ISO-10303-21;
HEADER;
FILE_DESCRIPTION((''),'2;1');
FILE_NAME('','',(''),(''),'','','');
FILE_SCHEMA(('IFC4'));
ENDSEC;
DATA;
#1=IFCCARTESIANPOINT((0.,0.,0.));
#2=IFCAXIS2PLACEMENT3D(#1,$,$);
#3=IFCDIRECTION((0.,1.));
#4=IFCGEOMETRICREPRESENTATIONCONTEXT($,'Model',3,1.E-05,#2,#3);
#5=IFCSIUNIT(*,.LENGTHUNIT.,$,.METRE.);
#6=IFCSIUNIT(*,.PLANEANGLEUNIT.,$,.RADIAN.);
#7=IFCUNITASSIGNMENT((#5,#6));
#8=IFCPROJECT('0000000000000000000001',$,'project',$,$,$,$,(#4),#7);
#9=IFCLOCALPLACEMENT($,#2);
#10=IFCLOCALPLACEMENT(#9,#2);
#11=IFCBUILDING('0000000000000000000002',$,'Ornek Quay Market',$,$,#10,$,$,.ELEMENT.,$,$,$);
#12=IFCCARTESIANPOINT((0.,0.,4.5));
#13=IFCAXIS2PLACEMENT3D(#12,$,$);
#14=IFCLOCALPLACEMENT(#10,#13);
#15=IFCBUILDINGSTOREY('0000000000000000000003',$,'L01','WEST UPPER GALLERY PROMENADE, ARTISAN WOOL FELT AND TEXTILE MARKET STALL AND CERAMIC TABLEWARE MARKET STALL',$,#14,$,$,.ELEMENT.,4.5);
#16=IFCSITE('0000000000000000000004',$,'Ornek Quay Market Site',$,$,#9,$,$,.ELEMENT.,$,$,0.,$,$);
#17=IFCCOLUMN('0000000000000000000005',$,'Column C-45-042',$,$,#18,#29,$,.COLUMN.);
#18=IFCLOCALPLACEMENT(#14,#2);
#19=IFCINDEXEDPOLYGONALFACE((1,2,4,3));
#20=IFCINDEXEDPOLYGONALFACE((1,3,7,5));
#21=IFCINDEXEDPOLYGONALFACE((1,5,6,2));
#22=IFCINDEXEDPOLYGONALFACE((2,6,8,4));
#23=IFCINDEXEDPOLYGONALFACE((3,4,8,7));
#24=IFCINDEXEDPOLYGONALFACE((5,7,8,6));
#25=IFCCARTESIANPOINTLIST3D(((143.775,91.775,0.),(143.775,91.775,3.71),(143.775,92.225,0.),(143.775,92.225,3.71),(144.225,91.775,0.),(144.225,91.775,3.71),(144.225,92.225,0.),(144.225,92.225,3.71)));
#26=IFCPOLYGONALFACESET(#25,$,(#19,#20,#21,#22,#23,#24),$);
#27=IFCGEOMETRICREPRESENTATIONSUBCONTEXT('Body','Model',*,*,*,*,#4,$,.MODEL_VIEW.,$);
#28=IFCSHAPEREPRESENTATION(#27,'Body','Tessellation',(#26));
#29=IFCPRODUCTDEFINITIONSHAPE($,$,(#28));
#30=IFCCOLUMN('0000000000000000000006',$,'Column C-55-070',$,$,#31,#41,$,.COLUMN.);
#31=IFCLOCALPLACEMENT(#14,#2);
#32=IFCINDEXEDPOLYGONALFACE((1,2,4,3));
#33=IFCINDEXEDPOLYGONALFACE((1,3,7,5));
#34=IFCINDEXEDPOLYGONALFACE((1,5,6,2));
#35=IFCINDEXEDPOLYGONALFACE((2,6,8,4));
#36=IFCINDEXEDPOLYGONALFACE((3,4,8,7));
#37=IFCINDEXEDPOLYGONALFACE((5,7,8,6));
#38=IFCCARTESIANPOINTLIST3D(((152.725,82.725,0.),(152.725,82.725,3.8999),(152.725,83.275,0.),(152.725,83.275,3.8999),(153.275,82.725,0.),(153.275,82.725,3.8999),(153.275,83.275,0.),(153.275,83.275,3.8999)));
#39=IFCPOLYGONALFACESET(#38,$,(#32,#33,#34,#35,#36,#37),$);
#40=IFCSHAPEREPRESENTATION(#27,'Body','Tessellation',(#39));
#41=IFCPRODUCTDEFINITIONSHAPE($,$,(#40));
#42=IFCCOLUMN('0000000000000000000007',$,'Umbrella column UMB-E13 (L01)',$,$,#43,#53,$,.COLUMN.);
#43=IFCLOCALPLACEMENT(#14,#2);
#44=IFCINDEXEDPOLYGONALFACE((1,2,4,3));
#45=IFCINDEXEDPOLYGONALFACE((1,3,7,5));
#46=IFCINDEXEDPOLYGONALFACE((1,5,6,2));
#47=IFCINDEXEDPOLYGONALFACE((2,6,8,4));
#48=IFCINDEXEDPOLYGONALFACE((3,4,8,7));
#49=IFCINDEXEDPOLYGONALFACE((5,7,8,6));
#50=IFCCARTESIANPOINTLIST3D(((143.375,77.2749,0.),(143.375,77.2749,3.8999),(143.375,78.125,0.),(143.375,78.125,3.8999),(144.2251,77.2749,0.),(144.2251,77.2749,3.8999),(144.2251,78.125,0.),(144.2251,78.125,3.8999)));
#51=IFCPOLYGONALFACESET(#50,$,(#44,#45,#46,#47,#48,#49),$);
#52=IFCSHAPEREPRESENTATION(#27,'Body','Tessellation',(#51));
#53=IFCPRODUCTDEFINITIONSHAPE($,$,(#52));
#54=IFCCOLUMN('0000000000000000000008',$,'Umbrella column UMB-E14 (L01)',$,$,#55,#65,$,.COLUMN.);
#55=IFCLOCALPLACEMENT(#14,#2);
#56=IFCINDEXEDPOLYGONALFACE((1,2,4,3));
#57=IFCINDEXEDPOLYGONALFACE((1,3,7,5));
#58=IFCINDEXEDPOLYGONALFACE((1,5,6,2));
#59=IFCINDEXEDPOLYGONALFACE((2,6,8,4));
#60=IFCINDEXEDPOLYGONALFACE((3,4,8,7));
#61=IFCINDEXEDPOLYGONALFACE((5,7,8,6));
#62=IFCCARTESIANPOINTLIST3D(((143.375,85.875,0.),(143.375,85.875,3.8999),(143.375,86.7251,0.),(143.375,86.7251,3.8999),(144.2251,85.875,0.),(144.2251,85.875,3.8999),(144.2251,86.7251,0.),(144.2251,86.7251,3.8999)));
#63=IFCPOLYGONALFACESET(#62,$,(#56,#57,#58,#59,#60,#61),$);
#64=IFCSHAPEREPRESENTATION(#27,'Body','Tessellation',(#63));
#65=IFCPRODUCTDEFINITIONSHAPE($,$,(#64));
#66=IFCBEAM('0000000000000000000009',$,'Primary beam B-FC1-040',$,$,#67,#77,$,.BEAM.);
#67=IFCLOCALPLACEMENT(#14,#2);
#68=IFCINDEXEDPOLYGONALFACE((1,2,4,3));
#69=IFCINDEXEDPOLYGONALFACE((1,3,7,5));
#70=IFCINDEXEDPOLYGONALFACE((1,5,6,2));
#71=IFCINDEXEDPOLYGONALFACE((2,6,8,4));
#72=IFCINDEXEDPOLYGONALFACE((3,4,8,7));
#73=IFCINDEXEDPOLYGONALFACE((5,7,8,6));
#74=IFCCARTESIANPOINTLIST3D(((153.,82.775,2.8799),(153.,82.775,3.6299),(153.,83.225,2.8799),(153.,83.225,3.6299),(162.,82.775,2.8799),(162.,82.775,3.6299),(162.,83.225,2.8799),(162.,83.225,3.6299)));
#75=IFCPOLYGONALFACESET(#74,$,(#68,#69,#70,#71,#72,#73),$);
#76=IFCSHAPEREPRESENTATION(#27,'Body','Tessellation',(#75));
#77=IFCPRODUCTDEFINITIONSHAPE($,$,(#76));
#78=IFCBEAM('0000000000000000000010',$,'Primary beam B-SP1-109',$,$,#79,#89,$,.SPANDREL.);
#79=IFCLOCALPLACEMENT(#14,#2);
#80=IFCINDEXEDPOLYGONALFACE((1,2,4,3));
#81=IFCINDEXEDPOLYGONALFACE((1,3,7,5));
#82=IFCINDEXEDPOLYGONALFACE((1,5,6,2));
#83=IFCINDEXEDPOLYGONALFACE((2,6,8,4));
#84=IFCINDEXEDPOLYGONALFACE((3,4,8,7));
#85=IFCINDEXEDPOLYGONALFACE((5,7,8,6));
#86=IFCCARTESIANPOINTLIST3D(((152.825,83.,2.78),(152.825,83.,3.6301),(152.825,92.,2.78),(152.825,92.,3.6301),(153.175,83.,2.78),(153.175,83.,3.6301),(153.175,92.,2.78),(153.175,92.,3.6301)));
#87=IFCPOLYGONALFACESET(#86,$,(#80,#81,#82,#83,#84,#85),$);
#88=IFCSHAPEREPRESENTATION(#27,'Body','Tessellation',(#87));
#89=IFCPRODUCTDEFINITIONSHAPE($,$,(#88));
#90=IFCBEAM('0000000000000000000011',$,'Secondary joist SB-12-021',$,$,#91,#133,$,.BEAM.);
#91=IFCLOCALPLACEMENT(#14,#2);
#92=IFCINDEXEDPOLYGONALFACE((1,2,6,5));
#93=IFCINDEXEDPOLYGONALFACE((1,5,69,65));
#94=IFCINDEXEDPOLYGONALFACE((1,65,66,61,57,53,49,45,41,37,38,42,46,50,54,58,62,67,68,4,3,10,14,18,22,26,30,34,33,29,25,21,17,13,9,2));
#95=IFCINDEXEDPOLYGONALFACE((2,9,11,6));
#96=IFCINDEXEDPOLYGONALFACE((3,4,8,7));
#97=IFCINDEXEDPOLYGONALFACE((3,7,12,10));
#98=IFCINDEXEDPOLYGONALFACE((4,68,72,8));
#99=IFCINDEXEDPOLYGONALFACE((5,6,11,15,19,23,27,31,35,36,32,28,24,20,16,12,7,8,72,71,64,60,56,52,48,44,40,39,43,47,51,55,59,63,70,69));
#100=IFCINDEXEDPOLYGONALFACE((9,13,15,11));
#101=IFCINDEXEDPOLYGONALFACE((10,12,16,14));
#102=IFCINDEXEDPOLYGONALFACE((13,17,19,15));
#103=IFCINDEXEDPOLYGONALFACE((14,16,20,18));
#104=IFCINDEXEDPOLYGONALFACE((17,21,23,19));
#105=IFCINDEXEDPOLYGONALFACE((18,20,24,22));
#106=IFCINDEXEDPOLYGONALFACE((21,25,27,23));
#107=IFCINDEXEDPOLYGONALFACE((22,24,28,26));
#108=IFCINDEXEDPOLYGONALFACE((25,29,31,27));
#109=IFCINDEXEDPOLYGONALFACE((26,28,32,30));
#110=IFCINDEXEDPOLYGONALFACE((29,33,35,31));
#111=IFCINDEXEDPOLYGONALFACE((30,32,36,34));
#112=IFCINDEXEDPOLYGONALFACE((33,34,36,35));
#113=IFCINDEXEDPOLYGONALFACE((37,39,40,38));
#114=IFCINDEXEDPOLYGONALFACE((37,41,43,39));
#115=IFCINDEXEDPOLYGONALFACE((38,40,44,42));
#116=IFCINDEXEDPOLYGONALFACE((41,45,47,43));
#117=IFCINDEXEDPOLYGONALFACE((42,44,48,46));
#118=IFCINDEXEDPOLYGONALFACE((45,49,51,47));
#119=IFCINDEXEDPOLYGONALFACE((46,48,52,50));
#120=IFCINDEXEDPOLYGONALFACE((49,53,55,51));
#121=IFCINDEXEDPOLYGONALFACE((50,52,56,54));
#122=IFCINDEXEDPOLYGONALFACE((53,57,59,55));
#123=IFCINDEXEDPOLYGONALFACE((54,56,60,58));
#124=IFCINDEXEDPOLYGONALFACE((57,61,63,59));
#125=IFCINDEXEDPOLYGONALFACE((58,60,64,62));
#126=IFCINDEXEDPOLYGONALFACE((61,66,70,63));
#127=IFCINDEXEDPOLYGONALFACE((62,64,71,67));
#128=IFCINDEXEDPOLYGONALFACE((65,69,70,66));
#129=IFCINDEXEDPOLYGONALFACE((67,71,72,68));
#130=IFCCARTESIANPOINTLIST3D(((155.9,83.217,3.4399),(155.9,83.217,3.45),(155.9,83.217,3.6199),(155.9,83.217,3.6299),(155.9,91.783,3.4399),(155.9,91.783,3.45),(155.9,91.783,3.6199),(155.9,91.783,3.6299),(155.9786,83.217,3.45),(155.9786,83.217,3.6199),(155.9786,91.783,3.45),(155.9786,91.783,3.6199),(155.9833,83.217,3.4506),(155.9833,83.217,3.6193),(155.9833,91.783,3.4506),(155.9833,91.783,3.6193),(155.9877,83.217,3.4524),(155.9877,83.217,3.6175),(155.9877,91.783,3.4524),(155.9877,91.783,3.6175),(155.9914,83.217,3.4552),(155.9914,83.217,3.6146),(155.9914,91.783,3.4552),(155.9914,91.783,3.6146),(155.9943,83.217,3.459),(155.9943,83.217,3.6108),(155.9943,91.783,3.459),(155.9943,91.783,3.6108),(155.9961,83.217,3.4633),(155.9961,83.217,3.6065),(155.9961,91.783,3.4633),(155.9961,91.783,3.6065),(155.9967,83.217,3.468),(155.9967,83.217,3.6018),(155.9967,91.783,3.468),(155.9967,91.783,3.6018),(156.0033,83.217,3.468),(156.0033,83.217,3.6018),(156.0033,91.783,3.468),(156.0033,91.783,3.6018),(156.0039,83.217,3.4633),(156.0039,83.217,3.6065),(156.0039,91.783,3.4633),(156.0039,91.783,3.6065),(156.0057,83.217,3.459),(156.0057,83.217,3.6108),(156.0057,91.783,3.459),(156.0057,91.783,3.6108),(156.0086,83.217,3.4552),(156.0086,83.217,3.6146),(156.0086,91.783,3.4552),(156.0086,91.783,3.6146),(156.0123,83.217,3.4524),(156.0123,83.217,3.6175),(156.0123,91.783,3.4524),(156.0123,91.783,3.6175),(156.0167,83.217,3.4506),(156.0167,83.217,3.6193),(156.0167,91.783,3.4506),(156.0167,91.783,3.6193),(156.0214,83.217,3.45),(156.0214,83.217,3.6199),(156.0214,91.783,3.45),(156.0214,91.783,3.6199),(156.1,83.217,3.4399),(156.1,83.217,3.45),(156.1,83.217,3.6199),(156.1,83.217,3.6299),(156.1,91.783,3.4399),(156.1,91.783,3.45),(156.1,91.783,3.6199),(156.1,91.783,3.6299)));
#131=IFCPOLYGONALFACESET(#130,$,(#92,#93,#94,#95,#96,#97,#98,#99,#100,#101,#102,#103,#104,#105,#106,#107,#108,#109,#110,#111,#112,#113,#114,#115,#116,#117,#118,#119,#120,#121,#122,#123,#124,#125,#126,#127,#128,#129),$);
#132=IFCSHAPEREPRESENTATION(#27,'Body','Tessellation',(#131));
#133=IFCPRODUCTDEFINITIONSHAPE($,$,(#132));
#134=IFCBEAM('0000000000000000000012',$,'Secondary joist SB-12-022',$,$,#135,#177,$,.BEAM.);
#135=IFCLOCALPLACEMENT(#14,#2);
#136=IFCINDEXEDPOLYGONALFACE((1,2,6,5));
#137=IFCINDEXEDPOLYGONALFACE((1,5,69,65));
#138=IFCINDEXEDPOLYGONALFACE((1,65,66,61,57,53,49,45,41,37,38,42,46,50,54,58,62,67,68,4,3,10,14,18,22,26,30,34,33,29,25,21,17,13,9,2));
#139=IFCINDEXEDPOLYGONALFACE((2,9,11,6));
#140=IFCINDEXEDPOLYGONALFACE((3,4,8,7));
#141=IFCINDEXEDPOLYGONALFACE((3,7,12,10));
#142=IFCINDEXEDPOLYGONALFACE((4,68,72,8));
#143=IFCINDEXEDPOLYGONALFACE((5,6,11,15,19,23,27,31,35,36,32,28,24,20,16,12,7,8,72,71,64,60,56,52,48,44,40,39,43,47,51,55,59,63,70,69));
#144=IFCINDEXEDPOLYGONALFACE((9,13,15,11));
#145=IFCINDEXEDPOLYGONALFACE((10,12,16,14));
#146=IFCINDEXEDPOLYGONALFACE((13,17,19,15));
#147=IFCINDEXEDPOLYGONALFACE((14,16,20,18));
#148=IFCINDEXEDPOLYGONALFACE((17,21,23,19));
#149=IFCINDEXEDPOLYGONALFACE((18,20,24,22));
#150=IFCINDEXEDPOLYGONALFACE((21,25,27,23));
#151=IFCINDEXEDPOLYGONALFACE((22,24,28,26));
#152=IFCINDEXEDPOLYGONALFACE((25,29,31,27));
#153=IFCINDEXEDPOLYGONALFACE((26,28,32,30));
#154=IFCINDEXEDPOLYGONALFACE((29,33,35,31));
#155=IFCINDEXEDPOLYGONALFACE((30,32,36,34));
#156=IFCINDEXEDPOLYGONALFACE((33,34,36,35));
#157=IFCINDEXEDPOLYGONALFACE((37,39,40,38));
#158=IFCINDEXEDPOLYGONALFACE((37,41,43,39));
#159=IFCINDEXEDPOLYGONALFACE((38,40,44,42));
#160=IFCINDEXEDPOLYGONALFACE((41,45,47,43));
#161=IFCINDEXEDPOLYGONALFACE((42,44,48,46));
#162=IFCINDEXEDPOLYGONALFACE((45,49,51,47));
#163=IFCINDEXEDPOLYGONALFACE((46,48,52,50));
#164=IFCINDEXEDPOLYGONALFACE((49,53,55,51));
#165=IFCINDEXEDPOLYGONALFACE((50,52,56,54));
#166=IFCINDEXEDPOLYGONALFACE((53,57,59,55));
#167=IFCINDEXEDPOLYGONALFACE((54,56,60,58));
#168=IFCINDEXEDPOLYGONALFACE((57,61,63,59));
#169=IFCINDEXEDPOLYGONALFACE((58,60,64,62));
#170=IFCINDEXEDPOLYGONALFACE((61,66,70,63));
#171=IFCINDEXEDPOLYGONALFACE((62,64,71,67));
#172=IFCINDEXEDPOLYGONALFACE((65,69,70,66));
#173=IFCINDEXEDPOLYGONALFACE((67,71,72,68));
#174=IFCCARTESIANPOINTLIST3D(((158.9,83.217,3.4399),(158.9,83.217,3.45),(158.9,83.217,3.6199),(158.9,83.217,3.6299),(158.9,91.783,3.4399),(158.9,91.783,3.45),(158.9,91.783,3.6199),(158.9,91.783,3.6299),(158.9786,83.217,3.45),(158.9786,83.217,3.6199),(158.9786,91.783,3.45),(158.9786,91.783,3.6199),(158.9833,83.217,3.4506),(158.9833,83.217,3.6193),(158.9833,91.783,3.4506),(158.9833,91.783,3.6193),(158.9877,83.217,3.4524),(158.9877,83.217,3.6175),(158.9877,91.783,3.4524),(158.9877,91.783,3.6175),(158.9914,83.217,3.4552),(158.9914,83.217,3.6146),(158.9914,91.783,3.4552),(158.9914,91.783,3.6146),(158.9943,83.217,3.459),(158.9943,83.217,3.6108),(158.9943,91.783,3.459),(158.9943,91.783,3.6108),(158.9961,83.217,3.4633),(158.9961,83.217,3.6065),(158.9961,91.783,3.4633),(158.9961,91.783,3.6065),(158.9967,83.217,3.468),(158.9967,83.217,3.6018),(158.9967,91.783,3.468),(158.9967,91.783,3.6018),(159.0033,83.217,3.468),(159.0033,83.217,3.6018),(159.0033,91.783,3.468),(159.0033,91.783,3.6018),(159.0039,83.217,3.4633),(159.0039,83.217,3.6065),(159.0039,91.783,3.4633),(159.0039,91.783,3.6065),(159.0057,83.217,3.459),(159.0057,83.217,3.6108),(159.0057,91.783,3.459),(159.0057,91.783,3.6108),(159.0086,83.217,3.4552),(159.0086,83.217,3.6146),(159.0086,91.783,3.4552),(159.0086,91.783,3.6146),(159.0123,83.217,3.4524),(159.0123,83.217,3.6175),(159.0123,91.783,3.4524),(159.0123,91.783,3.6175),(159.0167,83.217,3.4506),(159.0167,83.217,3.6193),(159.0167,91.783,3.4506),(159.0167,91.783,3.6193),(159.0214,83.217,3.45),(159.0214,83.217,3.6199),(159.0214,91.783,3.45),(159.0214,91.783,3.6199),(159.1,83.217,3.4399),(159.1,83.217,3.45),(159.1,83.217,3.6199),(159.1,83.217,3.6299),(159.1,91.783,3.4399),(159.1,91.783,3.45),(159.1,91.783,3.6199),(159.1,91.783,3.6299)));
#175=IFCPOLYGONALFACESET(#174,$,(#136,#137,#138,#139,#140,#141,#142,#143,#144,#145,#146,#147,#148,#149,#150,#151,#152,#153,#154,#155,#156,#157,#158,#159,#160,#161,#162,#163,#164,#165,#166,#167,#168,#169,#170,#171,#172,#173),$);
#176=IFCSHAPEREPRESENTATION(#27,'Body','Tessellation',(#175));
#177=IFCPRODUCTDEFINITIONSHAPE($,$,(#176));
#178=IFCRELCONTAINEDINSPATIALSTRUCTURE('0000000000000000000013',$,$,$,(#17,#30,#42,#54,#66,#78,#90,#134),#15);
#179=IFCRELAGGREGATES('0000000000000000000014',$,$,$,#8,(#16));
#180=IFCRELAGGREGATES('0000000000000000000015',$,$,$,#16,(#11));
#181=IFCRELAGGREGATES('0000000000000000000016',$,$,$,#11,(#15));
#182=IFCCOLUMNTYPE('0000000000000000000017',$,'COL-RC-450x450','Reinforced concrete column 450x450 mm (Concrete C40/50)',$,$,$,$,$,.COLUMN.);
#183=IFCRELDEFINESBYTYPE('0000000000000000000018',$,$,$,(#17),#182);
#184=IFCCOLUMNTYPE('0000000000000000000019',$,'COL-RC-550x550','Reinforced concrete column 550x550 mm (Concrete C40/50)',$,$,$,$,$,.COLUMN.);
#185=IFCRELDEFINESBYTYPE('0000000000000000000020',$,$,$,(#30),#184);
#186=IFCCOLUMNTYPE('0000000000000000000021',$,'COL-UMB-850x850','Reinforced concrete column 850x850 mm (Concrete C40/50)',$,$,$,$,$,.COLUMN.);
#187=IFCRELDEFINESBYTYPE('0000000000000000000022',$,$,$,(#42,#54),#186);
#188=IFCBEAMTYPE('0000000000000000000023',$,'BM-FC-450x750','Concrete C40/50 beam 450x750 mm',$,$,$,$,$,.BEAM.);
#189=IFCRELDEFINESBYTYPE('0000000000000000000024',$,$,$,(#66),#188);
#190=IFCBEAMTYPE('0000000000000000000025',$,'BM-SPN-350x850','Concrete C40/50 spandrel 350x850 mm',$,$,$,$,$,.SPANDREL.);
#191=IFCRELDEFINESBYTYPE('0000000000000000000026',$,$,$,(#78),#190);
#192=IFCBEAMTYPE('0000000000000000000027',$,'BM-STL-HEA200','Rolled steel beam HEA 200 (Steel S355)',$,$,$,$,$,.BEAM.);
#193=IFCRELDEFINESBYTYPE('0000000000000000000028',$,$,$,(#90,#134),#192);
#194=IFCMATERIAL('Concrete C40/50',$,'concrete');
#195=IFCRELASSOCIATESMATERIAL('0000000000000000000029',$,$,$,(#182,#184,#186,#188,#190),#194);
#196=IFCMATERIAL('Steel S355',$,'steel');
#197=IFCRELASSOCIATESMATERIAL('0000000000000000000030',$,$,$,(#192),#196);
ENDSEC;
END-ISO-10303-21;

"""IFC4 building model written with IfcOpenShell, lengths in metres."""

from ifc_helpers import new_model, si_unit, direction, frame, origin, origin_2d, place, context, subcontext, project, spatial, rectangle, i_section, extrude, material, material_profile, profile_set, type_object, element, save


model = new_model("IFC4")

# Units and contexts
model_context = context("Model", 3, precision=1e-05, world=origin(), true_north=direction((0.0, 1.0)))
body_context = subcontext(model_context, "Body", "Model", "MODEL_VIEW")
ifc_project = project(units=[si_unit("LENGTHUNIT", "METRE"), si_unit("PLANEANGLEUNIT", "RADIAN")], contexts=[model_context])

# Site, building, storey
site_placement = place(None, origin())
site = spatial("IfcSite", under=ifc_project, at=site_placement, Name="Ornek Quay Market Site", CompositionType="ELEMENT", RefElevation=0.0)
building_placement = place(site_placement, origin())
building = spatial("IfcBuilding", under=site, at=building_placement, Name="Ornek Quay Market", CompositionType="ELEMENT")
storey_placement = place(building_placement, frame((0.0, 0.0, 4.5)))
storey = spatial("IfcBuildingStorey", under=building, at=storey_placement, Name="L01", Description="WEST UPPER GALLERY PROMENADE, ARTISAN WOOL FELT AND TEXTILE MARKET STALL AND CERAMIC TABLEWARE MARKET STALL", CompositionType="ELEMENT", Elevation=4.5)

# Columns
ifc_material_1 = material(Name="Concrete C40/50", Category="concrete")
ifc_material_profile_1 = material_profile(ifc_material_1, rectangle(XDim=0.45, YDim=0.45, at=origin_2d()), Name="RC 450x450", Category="concrete")
ifc_profile_set_1 = profile_set([ifc_material_profile_1], Name="Concrete C40/50")
column_type_1 = type_object("IfcColumnType", Name="COL-RC-450x450", Description="Reinforced concrete column 450x450 mm (Concrete C40/50)", PredefinedType="COLUMN", material=ifc_profile_set_1)
column_1_placement = place(storey_placement, frame((144.0, 92.0, 0.0), z_axis=(0.0, 0.0, 1.0), x_axis=(1.0, 0.0, 0.0)))
element("IfcColumn", 1, at=column_1_placement, inside=storey, type_object=column_type_1, Name="Column C-45-042", PredefinedType="COLUMN", context=body_context, shape_type="SweptSolid", body=[
    extrude(rectangle(XDim=0.45, YDim=0.45, at=origin_2d()), origin(), (0.0, 0.0, 1.0), 3.71),
])
ifc_material_profile_2 = material_profile(ifc_material_1, rectangle(XDim=0.55, YDim=0.55, at=origin_2d()), Name="RC 550x550", Category="concrete")
ifc_profile_set_2 = profile_set([ifc_material_profile_2], Name="Concrete C40/50")
column_type_2 = type_object("IfcColumnType", Name="COL-RC-550x550", Description="Reinforced concrete column 550x550 mm (Concrete C40/50)", PredefinedType="COLUMN", material=ifc_profile_set_2)
column_2_placement = place(storey_placement, frame((153.0, 83.0, 0.0), z_axis=(0.0, 0.0, 1.0), x_axis=(1.0, 0.0, 0.0)))
element("IfcColumn", 2, at=column_2_placement, inside=storey, type_object=column_type_2, Name="Column C-55-070", PredefinedType="COLUMN", context=body_context, shape_type="SweptSolid", body=[
    extrude(rectangle(XDim=0.55, YDim=0.55, at=origin_2d()), origin(), (0.0, 0.0, 1.0), 3.8999),
])
ifc_material_profile_3 = material_profile(ifc_material_1, rectangle(XDim=0.8501, YDim=0.8501, at=origin_2d()), Name="RC 850x850", Category="concrete")
ifc_profile_set_3 = profile_set([ifc_material_profile_3], Name="Concrete C40/50")
column_type_3 = type_object("IfcColumnType", Name="COL-UMB-850x850", Description="Reinforced concrete column 850x850 mm (Concrete C40/50)", PredefinedType="COLUMN", material=ifc_profile_set_3)
for number, where, z_axis, x_axis, name in (
    (3, (143.8, 77.7, 0.0), (0.0, 0.0, 1.0), (1.0, 0.0, 0.0), "Umbrella column UMB-E13 (L01)"),
    (4, (143.8, 86.3, 0.0), (0.0, 0.0, 1.0), (1.0, 0.0, 0.0), "Umbrella column UMB-E14 (L01)"),
):
    element("IfcColumn", number, at=place(storey_placement, frame(where, z_axis=z_axis, x_axis=x_axis)), inside=storey, type_object=column_type_3, Name=name, PredefinedType="COLUMN", context=body_context, shape_type="SweptSolid", body=[
        extrude(rectangle(XDim=0.8501, YDim=0.8501, at=origin_2d()), origin(), (0.0, 0.0, 1.0), 3.8999),
    ])

# Beams
ifc_material_profile_4 = material_profile(ifc_material_1, rectangle(XDim=0.45, YDim=0.75, at=origin_2d()), Name="RC 450x750", Category="concrete")
ifc_profile_set_4 = profile_set([ifc_material_profile_4], Name="Concrete C40/50")
beam_type_1 = type_object("IfcBeamType", Name="BM-FC-450x750", Description="Concrete C40/50 beam 450x750 mm", PredefinedType="BEAM", material=ifc_profile_set_4)
beam_1_placement = place(storey_placement, frame((153.0, 83.0, 3.2549), z_axis=(1.0, 0.0, 0.0), x_axis=(0.0, 1.0, 0.0)))
element("IfcBeam", 5, at=beam_1_placement, inside=storey, type_object=beam_type_1, Name="Primary beam B-FC1-040", PredefinedType="BEAM", context=body_context, shape_type="SweptSolid", body=[
    extrude(rectangle(XDim=0.45, YDim=0.75, at=origin_2d()), origin(), (0.0, 0.0, 1.0), 9.0),
])
ifc_material_profile_5 = material_profile(ifc_material_1, rectangle(XDim=0.3501, YDim=0.8501, at=origin_2d()), Name="RC 350x850", Category="concrete")
ifc_profile_set_5 = profile_set([ifc_material_profile_5], Name="Concrete C40/50")
beam_type_2 = type_object("IfcBeamType", Name="BM-SPN-350x850", Description="Concrete C40/50 spandrel 350x850 mm", PredefinedType="SPANDREL", material=ifc_profile_set_5)
beam_2_placement = place(storey_placement, frame((153.0, 83.0, 3.2051), z_axis=(0.0, 1.0, 0.0), x_axis=(-1.0, 0.0, 0.0)))
element("IfcBeam", 6, at=beam_2_placement, inside=storey, type_object=beam_type_2, Name="Primary beam B-SP1-109", PredefinedType="SPANDREL", context=body_context, shape_type="SweptSolid", body=[
    extrude(rectangle(XDim=0.3501, YDim=0.8501, at=origin_2d()), origin(), (0.0, 0.0, 1.0), 9.0),
])
ifc_material_2 = material(Name="Steel S355", Category="steel")
ifc_material_profile_6 = material_profile(ifc_material_2, i_section(OverallWidth=0.2, OverallDepth=0.1899, WebThickness=0.0066, FlangeThickness=0.01, FilletRadius=0.0181, at=origin_2d()), Name="HEA 200", Category="steel")
ifc_profile_set_6 = profile_set([ifc_material_profile_6], Name="Steel S355")
beam_type_3 = type_object("IfcBeamType", Name="BM-STL-HEA200", Description="Rolled steel beam HEA 200 (Steel S355)", PredefinedType="BEAM", material=ifc_profile_set_6)
for number, where, z_axis, x_axis, name in (
    (7, (156.0, 83.217, 3.5349), (0.0, 1.0, 0.0), (-1.0, 0.0, 0.0), "Secondary joist SB-12-021"),
    (8, (159.0, 83.217, 3.5349), (0.0, 1.0, 0.0), (-1.0, 0.0, 0.0), "Secondary joist SB-12-022"),
):
    element("IfcBeam", number, at=place(storey_placement, frame(where, z_axis=z_axis, x_axis=x_axis)), inside=storey, type_object=beam_type_3, Name=name, PredefinedType="BEAM", context=body_context, shape_type="SweptSolid", body=[
        extrude(i_section(OverallWidth=0.2, OverallDepth=0.1899, WebThickness=0.0066, FlangeThickness=0.01, FilletRadius=0.0181, at=origin_2d()), origin(), (0.0, 0.0, 1.0), 8.5659),
    ])

save(model, "model.ifc")
